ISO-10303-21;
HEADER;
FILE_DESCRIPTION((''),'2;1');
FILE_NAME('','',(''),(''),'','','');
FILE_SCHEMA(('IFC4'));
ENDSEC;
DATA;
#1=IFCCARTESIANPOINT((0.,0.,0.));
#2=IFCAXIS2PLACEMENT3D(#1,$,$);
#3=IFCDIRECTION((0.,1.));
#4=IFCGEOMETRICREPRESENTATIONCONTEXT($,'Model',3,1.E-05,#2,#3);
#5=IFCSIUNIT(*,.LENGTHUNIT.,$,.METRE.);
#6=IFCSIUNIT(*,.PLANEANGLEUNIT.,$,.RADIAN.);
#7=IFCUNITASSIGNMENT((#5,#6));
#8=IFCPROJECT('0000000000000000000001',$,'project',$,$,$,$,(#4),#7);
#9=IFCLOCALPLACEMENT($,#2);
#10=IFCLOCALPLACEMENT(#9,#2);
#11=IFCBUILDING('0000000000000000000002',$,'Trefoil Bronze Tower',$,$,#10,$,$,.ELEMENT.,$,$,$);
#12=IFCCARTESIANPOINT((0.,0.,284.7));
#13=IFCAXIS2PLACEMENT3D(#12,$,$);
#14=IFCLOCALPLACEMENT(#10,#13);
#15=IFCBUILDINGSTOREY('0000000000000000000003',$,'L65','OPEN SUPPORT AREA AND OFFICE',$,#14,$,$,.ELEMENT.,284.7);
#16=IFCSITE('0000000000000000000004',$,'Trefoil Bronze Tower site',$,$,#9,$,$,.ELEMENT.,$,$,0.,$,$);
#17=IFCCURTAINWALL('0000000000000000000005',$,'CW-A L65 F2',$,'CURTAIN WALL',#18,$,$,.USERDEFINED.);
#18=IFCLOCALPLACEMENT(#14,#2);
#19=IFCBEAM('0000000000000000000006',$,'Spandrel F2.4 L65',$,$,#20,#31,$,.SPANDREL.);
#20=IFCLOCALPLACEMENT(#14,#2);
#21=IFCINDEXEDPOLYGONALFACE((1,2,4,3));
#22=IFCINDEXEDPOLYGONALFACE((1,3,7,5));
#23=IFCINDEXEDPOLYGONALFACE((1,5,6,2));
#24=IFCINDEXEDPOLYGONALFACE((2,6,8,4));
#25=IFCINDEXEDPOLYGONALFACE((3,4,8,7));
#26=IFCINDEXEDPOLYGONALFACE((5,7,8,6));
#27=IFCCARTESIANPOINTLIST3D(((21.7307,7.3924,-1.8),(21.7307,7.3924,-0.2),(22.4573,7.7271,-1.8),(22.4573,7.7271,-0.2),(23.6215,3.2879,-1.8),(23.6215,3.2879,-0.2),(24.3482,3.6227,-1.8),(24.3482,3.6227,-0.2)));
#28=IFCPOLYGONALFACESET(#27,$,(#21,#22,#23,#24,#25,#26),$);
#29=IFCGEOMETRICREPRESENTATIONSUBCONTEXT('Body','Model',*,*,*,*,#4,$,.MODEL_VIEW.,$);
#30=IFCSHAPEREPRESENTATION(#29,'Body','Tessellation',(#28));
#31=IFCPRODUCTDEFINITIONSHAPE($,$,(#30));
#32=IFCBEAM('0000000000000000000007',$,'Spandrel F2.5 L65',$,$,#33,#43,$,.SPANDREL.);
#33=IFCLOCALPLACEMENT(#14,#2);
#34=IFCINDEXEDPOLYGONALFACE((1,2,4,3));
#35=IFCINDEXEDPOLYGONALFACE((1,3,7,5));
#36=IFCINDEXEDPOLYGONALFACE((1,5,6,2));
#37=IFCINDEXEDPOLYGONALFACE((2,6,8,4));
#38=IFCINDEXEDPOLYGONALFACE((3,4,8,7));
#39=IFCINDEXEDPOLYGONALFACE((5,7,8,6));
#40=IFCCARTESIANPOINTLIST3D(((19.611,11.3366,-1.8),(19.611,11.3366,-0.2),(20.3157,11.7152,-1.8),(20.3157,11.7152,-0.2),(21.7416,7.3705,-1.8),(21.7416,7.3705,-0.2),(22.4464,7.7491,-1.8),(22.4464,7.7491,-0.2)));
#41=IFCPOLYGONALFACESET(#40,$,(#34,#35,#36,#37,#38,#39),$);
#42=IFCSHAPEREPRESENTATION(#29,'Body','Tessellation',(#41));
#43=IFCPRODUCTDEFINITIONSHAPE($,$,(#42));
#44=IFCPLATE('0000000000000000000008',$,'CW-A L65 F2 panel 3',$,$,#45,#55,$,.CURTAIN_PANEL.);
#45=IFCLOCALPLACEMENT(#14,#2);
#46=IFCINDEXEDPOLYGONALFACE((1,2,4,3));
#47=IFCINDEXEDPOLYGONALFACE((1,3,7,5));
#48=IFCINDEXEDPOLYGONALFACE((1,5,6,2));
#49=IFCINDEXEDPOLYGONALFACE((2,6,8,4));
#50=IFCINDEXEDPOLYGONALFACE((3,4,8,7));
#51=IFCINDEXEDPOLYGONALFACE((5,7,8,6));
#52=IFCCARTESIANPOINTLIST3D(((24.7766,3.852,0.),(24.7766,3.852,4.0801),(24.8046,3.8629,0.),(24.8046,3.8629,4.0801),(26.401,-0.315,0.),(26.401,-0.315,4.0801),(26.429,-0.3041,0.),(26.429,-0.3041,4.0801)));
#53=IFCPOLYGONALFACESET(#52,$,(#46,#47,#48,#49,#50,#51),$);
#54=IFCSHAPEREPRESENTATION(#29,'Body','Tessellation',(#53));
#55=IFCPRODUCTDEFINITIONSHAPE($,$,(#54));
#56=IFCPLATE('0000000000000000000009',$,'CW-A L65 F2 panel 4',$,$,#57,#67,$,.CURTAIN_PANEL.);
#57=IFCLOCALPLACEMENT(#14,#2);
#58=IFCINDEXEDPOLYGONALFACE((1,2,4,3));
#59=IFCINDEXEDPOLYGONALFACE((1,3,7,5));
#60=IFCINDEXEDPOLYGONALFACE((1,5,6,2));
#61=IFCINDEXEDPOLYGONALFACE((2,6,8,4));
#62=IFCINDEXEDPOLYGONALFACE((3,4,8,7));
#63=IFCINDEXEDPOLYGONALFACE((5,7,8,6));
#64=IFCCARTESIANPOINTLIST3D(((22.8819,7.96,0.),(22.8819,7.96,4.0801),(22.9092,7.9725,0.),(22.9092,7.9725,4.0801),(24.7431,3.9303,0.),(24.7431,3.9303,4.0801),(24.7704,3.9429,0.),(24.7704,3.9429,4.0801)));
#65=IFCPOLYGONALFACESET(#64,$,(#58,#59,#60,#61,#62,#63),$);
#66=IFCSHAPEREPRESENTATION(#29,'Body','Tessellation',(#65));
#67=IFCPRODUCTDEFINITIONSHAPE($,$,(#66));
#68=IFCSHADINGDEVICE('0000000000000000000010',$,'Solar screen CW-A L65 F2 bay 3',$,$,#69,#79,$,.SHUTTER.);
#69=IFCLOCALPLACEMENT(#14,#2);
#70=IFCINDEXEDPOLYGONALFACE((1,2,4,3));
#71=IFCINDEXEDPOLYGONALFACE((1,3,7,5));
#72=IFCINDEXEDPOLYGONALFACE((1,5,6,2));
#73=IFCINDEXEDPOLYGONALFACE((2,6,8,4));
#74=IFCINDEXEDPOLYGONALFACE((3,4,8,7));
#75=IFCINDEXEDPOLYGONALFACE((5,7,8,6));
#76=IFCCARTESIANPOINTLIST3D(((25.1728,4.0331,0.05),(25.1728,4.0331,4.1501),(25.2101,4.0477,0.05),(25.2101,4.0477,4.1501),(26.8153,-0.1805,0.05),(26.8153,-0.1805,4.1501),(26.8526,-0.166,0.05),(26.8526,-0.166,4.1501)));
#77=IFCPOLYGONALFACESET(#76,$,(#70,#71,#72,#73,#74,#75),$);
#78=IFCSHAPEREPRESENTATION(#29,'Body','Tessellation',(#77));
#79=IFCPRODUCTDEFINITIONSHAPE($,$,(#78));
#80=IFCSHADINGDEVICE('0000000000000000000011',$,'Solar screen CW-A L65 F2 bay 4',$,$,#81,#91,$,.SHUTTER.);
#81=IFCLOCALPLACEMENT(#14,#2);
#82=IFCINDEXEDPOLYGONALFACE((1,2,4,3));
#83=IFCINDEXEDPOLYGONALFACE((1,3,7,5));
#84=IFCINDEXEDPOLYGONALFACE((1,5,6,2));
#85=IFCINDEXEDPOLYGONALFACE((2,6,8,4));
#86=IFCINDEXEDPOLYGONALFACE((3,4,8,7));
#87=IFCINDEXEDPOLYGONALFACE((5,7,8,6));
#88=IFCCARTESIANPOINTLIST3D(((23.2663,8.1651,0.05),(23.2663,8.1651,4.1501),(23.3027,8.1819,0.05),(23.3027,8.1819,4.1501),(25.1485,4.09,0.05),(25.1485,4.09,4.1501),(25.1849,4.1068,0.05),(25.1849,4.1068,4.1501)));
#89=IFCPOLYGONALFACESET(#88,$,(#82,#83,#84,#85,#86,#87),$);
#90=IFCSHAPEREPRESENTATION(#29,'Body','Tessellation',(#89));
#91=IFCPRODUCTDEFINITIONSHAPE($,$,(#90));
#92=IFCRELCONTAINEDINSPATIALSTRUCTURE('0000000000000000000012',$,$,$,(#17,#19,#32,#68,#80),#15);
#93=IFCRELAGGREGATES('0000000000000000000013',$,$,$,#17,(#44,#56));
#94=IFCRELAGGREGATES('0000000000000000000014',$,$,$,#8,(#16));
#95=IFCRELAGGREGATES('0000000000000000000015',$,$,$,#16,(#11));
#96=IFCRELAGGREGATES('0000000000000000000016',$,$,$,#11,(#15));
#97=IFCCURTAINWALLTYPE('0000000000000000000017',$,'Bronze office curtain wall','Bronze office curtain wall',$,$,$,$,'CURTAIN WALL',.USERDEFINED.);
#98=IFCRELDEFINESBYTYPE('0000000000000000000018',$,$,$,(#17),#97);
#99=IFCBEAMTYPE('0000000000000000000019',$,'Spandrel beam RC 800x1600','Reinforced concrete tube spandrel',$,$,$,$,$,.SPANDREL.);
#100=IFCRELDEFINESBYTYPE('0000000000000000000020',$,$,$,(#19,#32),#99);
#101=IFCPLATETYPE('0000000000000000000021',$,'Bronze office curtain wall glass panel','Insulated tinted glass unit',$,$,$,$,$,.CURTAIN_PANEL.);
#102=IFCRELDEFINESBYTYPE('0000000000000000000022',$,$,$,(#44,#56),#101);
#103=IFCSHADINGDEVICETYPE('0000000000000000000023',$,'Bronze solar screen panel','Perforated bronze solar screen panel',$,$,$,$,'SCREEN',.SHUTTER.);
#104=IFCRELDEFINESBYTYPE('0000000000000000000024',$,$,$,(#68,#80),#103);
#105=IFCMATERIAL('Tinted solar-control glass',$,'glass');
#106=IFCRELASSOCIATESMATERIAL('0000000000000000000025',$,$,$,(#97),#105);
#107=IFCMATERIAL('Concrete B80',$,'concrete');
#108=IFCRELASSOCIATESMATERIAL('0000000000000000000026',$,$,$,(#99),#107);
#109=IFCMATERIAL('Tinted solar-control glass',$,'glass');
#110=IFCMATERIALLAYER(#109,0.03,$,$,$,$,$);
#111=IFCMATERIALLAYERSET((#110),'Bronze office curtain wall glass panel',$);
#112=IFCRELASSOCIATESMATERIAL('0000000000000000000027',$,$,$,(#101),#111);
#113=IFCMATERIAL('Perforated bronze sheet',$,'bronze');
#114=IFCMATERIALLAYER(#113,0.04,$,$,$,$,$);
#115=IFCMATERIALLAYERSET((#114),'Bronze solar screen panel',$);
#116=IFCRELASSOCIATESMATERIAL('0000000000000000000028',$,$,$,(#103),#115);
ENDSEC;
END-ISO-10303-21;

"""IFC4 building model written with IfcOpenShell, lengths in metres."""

from ifc_helpers import new_model, si_unit, direction, frame, origin, origin_2d, place, context, subcontext, project, spatial, rectangle, extrude, material, layer, layer_set, material_profile, profile_set, type_object, element, aggregate, save


model = new_model("IFC4")

# Units and contexts
model_context = context("Model", 3, precision=1e-05, world=origin(), true_north=direction((0.0, 1.0)))
body_context = subcontext(model_context, "Body", "Model", "MODEL_VIEW")
ifc_project = project(units=[si_unit("LENGTHUNIT", "METRE"), si_unit("PLANEANGLEUNIT", "RADIAN")], contexts=[model_context])

# Site, building, storey
site_placement = place(None, origin())
site = spatial("IfcSite", under=ifc_project, at=site_placement, Name="Trefoil Bronze Tower site", CompositionType="ELEMENT", RefElevation=0.0)
building_placement = place(site_placement, origin())
building = spatial("IfcBuilding", under=site, at=building_placement, Name="Trefoil Bronze Tower", CompositionType="ELEMENT")
storey_placement = place(building_placement, frame((0.0, 0.0, 284.7)))
storey = spatial("IfcBuildingStorey", under=building, at=storey_placement, Name="L65", Description="OPEN SUPPORT AREA AND OFFICE", CompositionType="ELEMENT", Elevation=284.7)

# Curtain wall
ifc_material_1 = material(Name="Tinted solar-control glass", Category="glass")
curtain_wall_type = type_object("IfcCurtainWallType", Name="Bronze office curtain wall", Description="Bronze office curtain wall", ElementType="CURTAIN WALL", PredefinedType="USERDEFINED", material=ifc_material_1)
curtain_wall_placement = place(storey_placement, origin())
curtain_wall = element("IfcCurtainWall", 1, at=curtain_wall_placement, inside=storey, type_object=curtain_wall_type, Name="CW-A L65 F2", ObjectType="CURTAIN WALL", PredefinedType="USERDEFINED")

# Beams
ifc_material_2 = material(Name="Concrete B80", Category="concrete")
ifc_material_profile_1 = material_profile(ifc_material_2, rectangle(XDim=0.8, YDim=1.6001, at=origin_2d()), Name="RC 800x1600")
ifc_profile_set_1 = profile_set([ifc_material_profile_1], Name="Concrete B80")
beam_type_1 = type_object("IfcBeamType", Name="Spandrel beam RC 800x1600", Description="Reinforced concrete tube spandrel", PredefinedType="SPANDREL", material=ifc_profile_set_1)
beam_1_placement = place(storey_placement, frame((23.9849, 3.4553, -1.0), z_axis=(-0.418417, 0.908255, 0.0), x_axis=(-0.908255, -0.418417, 0.0)))
element("IfcBeam", 2, at=beam_1_placement, inside=storey, type_object=beam_type_1, Name="Spandrel F2.4 L65", PredefinedType="SPANDREL", context=body_context, shape_type="SweptSolid", body=[
    extrude(rectangle(XDim=0.8, YDim=1.6001, at=origin_2d()), origin(), (0.0, 0.0, 1.0), 4.519),
])
beam_2_placement = place(storey_placement, frame((22.094, 7.5598, -1.0), z_axis=(-0.473246, 0.88093, 0.0), x_axis=(-0.88093, -0.473246, 0.0)))
element("IfcBeam", 3, at=beam_2_placement, inside=storey, type_object=beam_type_1, Name="Spandrel F2.5 L65", PredefinedType="SPANDREL", context=body_context, shape_type="SweptSolid", body=[
    extrude(rectangle(XDim=0.8, YDim=1.6001, at=origin_2d()), origin(), (0.0, 0.0, 1.0), 4.5022),
])

# Plates
ifc_material_3 = material(Name="Tinted solar-control glass", Category="glass")
ifc_layer_1 = layer(ifc_material_3, 0.03)
ifc_layer_set_1 = layer_set([ifc_layer_1], Name="Bronze office curtain wall glass panel")
plate_type = type_object("IfcPlateType", Name="Bronze office curtain wall glass panel", Description="Insulated tinted glass unit", PredefinedType="CURTAIN_PANEL", material=ifc_layer_set_1)
plate_1_placement = place(storey_placement, frame((25.6028, 1.7739, 0.0), z_axis=(0.0, 0.0, 1.0), x_axis=(-0.363199, 0.931712, 0.0)))
plate_1 = element("IfcPlate", 4, at=plate_1_placement, type_object=plate_type, Name="CW-A L65 F2 panel 3", PredefinedType="CURTAIN_PANEL", context=body_context, shape_type="SweptSolid", body=[
    extrude(rectangle(XDim=4.4724, YDim=0.03, at=origin_2d()), origin(), (0.0, 0.0, 1.0), 4.0801),
])
plate_2_placement = place(storey_placement, frame((23.8262, 5.9514, 0.0), z_axis=(0.0, 0.0, 1.0), x_axis=(-0.419309, 0.907844, 0.0)))
plate_2 = element("IfcPlate", 5, at=plate_2_placement, type_object=plate_type, Name="CW-A L65 F2 panel 4", PredefinedType="CURTAIN_PANEL", context=body_context, shape_type="SweptSolid", body=[
    extrude(rectangle(XDim=4.4387, YDim=0.03, at=origin_2d()), origin(), (0.0, 0.0, 1.0), 4.0801),
])
aggregate(curtain_wall, [plate_1, plate_2])

# Shading devices
ifc_material_4 = material(Name="Perforated bronze sheet", Category="bronze")
ifc_layer_2 = layer(ifc_material_4, 0.04)
ifc_layer_set_2 = layer_set([ifc_layer_2], Name="Bronze solar screen panel")
shading_device_type = type_object("IfcShadingDeviceType", Name="Bronze solar screen panel", Description="Perforated bronze solar screen panel", ElementType="SCREEN", PredefinedType="SHUTTER", material=ifc_layer_set_2)
shading_device_1_placement = place(storey_placement, frame((26.0127, 1.9336, 0.05), z_axis=(0.0, 0.0, 1.0), x_axis=(-0.363199, 0.931712, 0.0)))
element("IfcShadingDevice", 6, at=shading_device_1_placement, inside=storey, type_object=shading_device_type, Name="Solar screen CW-A L65 F2 bay 3", PredefinedType="SHUTTER", context=body_context, shape_type="SweptSolid", body=[
    extrude(rectangle(XDim=4.5225, YDim=0.04, at=origin_2d()), origin(), (0.0, 0.0, 1.0), 4.1001),
])
shading_device_2_placement = place(storey_placement, frame((24.2256, 6.136, 0.05), z_axis=(0.0, 0.0, 1.0), x_axis=(-0.419309, 0.907844, 0.0)))
element("IfcShadingDevice", 7, at=shading_device_2_placement, inside=storey, type_object=shading_device_type, Name="Solar screen CW-A L65 F2 bay 4", PredefinedType="SHUTTER", context=body_context, shape_type="SweptSolid", body=[
    extrude(rectangle(XDim=4.4888, YDim=0.04, at=origin_2d()), origin(), (0.0, 0.0, 1.0), 4.1001),
])

save(model, "model.ifc")
